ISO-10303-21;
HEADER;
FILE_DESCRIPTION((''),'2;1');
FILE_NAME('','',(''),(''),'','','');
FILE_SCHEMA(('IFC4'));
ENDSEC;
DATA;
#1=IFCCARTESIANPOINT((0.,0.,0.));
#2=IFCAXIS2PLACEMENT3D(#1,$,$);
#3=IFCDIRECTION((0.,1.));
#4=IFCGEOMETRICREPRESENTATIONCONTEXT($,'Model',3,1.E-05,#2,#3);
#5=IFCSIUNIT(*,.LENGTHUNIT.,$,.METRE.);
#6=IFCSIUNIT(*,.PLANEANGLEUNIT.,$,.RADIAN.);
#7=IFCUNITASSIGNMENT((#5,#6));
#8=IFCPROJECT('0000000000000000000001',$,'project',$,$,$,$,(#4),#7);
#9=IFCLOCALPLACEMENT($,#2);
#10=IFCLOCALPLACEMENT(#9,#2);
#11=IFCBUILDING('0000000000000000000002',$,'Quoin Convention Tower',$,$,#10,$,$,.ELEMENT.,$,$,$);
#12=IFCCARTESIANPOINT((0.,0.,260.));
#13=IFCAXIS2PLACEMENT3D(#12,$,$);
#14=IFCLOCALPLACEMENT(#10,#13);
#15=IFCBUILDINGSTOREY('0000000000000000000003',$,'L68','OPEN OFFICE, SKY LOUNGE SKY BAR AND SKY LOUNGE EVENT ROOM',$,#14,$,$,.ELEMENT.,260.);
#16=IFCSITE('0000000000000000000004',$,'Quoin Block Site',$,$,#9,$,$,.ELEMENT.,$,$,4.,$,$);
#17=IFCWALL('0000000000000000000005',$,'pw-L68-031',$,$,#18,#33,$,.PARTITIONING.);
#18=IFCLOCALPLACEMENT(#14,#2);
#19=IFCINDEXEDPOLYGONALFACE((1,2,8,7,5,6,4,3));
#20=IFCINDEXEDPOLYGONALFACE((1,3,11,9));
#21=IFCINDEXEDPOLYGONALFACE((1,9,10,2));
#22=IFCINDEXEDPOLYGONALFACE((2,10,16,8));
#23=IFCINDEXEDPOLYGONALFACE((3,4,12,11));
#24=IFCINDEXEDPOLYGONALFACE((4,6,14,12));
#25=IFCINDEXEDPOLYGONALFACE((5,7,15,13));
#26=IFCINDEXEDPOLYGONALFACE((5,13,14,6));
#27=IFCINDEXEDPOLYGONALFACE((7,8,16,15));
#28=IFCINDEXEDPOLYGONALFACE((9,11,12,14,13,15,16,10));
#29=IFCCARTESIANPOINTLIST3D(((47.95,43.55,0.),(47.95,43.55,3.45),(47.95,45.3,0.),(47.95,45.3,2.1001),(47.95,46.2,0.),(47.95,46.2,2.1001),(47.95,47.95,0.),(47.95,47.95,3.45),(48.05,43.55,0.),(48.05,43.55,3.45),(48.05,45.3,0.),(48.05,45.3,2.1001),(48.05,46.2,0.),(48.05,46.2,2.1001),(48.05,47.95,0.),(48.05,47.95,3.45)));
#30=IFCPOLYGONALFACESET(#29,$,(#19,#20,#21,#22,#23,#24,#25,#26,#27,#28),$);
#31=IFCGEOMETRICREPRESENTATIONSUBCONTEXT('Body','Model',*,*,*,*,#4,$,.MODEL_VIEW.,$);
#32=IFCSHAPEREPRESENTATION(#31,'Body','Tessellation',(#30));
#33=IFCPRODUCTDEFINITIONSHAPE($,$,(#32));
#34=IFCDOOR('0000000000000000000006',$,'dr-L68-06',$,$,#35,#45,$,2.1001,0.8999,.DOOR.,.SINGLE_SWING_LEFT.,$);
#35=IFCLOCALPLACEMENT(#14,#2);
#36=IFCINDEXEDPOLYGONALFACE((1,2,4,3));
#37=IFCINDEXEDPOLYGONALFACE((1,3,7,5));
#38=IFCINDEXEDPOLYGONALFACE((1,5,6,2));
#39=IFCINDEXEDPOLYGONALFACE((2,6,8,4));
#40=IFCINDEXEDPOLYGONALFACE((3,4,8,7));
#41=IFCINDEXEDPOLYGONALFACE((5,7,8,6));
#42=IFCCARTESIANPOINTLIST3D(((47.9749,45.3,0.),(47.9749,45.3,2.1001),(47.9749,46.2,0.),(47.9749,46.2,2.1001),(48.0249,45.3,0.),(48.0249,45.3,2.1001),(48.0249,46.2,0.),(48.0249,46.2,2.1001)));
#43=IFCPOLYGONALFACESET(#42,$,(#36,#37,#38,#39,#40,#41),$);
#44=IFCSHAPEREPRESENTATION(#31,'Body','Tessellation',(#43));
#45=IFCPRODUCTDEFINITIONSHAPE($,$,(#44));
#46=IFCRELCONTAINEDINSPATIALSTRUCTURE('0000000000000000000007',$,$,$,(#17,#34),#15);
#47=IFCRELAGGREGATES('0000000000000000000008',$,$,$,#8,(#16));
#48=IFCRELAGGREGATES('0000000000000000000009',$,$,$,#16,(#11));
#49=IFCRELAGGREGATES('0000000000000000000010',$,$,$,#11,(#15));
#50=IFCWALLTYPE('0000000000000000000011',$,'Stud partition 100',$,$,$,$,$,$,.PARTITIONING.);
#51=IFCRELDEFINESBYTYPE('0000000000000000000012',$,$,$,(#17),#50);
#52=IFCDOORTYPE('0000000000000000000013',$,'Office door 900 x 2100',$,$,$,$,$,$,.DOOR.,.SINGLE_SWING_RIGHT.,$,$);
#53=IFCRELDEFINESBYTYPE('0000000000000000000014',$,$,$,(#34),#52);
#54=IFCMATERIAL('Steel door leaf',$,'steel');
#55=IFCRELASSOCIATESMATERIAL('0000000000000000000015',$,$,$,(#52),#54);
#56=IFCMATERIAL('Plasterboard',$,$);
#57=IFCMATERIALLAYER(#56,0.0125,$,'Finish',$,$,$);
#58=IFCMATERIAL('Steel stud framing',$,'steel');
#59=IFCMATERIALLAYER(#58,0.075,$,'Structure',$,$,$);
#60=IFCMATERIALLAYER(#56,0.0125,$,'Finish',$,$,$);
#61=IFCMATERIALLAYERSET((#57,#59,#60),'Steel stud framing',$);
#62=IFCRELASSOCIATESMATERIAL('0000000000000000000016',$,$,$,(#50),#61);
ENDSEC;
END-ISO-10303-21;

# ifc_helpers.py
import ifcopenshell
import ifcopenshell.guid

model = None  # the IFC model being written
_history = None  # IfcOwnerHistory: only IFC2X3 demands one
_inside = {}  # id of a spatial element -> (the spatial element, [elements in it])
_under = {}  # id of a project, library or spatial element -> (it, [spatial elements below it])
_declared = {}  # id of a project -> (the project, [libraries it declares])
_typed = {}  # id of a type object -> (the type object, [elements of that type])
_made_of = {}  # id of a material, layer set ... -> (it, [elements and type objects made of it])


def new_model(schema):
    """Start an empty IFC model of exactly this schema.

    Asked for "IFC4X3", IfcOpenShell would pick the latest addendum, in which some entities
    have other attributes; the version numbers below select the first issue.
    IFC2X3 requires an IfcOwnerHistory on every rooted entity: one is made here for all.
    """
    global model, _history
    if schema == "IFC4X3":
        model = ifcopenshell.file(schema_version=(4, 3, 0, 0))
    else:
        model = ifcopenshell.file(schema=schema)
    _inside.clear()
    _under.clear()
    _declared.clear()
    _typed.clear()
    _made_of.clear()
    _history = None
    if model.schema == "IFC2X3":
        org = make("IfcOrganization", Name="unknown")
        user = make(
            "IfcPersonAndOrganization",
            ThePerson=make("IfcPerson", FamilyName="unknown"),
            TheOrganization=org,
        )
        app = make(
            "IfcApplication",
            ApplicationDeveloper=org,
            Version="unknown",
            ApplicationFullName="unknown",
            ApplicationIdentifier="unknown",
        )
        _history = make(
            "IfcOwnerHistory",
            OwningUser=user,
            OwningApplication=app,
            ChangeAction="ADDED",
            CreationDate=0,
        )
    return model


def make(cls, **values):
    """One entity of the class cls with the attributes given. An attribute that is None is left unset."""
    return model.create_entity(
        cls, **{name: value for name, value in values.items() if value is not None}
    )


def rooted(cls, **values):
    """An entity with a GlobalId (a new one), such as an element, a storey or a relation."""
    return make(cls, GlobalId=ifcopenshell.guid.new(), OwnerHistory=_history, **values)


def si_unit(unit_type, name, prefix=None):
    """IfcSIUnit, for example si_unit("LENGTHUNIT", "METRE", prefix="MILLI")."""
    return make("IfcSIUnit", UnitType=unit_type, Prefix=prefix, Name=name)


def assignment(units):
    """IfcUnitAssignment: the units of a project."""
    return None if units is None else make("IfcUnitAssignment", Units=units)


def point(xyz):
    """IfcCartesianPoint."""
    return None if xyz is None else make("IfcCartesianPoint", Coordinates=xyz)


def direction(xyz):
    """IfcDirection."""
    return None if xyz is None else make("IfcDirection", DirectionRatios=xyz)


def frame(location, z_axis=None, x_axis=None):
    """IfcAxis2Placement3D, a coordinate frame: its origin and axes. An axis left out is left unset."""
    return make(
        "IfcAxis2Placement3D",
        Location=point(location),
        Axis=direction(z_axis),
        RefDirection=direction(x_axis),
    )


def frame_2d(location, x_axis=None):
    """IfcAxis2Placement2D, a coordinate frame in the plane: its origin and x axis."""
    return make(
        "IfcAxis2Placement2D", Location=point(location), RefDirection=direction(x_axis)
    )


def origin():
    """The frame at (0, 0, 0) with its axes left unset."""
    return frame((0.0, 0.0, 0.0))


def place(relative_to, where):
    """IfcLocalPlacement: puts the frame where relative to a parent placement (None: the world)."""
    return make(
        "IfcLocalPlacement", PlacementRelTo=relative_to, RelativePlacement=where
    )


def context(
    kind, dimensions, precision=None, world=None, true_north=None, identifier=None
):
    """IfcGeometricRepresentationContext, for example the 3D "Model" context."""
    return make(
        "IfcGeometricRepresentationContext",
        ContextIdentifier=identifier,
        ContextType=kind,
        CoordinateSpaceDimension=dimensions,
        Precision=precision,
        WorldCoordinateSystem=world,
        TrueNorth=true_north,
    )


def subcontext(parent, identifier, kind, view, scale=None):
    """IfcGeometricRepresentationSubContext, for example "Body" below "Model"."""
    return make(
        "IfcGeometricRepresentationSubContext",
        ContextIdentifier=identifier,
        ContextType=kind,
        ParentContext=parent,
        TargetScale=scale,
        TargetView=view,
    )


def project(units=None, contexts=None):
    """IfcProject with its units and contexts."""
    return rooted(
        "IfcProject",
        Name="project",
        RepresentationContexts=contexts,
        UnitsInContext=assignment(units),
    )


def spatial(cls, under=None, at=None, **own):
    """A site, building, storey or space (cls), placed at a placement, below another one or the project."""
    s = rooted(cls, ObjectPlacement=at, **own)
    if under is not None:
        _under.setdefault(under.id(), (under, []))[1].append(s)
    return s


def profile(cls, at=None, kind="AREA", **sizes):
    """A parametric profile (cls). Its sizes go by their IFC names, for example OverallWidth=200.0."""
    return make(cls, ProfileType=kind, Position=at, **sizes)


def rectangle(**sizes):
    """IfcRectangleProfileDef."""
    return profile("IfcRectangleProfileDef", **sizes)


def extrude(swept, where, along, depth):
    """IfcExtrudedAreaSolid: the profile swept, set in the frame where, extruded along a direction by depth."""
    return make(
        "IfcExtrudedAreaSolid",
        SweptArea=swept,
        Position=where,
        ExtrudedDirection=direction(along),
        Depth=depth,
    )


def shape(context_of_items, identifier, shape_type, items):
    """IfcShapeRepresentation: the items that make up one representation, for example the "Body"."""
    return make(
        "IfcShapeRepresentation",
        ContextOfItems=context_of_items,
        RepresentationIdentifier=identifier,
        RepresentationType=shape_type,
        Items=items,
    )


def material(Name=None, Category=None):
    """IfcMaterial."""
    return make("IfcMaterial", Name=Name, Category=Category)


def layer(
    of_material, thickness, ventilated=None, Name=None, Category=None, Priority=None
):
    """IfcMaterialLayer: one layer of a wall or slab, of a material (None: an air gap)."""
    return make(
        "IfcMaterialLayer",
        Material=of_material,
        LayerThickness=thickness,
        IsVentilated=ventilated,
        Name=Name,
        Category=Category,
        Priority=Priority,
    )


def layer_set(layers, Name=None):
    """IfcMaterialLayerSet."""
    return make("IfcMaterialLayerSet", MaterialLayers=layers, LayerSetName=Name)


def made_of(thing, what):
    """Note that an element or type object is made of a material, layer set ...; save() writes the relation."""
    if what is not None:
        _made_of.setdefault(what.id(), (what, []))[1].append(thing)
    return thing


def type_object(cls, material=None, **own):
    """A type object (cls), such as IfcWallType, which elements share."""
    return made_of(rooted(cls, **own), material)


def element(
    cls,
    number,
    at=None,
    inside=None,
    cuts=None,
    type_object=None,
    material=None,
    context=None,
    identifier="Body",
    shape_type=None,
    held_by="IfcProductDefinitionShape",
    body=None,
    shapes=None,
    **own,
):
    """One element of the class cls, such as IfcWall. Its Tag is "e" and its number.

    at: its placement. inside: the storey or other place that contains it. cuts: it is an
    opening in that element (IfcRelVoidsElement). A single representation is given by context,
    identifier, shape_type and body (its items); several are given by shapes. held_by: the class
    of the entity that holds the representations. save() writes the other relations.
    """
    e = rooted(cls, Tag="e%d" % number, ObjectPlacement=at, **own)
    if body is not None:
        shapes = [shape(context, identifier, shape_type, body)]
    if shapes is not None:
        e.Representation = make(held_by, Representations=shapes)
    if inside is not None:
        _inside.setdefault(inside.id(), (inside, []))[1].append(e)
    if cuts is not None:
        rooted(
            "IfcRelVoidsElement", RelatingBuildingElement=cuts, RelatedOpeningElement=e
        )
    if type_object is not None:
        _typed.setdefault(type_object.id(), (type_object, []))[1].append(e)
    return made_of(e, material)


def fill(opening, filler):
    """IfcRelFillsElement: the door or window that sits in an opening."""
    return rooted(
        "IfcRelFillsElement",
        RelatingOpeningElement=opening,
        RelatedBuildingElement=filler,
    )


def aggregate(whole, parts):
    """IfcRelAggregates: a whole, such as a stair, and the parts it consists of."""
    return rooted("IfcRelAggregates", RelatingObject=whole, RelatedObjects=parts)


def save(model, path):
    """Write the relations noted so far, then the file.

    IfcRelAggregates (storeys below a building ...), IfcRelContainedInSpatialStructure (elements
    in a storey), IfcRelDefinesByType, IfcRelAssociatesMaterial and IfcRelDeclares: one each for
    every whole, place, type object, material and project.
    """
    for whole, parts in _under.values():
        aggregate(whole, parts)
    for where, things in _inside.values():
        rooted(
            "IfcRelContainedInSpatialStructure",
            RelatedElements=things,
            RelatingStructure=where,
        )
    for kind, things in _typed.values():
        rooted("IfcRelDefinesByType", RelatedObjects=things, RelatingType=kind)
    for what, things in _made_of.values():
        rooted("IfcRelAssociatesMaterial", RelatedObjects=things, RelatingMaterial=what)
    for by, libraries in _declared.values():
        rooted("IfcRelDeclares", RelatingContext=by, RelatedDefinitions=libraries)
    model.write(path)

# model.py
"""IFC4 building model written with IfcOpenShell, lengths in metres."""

from ifc_helpers import new_model, si_unit, direction, frame, frame_2d, origin, place, context, subcontext, project, spatial, rectangle, extrude, material, layer, layer_set, type_object, element, fill, save


model = new_model("IFC4")

# Units and contexts
model_context = context("Model", 3, precision=1e-05, world=origin(), true_north=direction((0.0, 1.0)))
body_context = subcontext(model_context, "Body", "Model", "MODEL_VIEW")
ifc_project = project(units=[si_unit("LENGTHUNIT", "METRE"), si_unit("PLANEANGLEUNIT", "RADIAN")], contexts=[model_context])

# Site, building, storey
site_placement = place(None, origin())
site = spatial("IfcSite", under=ifc_project, at=site_placement, Name="Quoin Block Site", CompositionType="ELEMENT", RefElevation=4.0)
building_placement = place(site_placement, origin())
building = spatial("IfcBuilding", under=site, at=building_placement, Name="Quoin Convention Tower", CompositionType="ELEMENT")
storey_placement = place(building_placement, frame((0.0, 0.0, 260.0)))
storey = spatial("IfcBuildingStorey", under=building, at=storey_placement, Name="L68", Description="OPEN OFFICE, SKY LOUNGE SKY BAR AND SKY LOUNGE EVENT ROOM", CompositionType="ELEMENT", Elevation=260.0)

# Shared definitions
ifc_material_1 = material(Name="Plasterboard")
ifc_material_2 = material(Name="Steel stud framing", Category="steel")
ifc_material_3 = material(Name="Steel door leaf", Category="steel")
door_type_1 = type_object("IfcDoorType", Name="Office door 900 x 2100", OperationType="SINGLE_SWING_RIGHT", PredefinedType="DOOR", material=ifc_material_3)

# Shared definitions
ifc_layer_1 = layer(ifc_material_1, 0.0125, Name="Finish")
ifc_layer_2 = layer(ifc_material_2, 0.075, Name="Structure")
ifc_layer_3 = layer(ifc_material_1, 0.0125, Name="Finish")
ifc_layer_set_1 = layer_set([ifc_layer_1, ifc_layer_2, ifc_layer_3], Name="Steel stud framing")
wall_type_1 = type_object("IfcWallType", Name="Stud partition 100", PredefinedType="PARTITIONING", material=ifc_layer_set_1)

# Wall, opening, door
wall_1_placement = place(storey_placement, frame((48.0, 43.55, 0.0), z_axis=(0.0, 0.0, 1.0), x_axis=(0.0, 1.0, 0.0)))
wall_1 = element("IfcWall", 1, at=wall_1_placement, inside=storey, type_object=wall_type_1, Name="pw-L68-031", PredefinedType="PARTITIONING", context=body_context, shape_type="SweptSolid", body=[
    extrude(rectangle(XDim=4.3999, YDim=0.1001, at=frame_2d((2.2, 0.0))), origin(), (0.0, 0.0, 1.0), 3.45),
])
opening_1_placement = place(wall_1_placement, frame((1.75, 0.0, 0.0)))
opening_1 = element("IfcOpeningElement", 2, at=opening_1_placement, cuts=wall_1, PredefinedType="OPENING", context=body_context, shape_type="SweptSolid", body=[
    extrude(rectangle(XDim=0.8999, YDim=2.1001, at=frame_2d((0.45, 1.05))), frame((0.0, 0.0601, 0.0), z_axis=(0.0, -1.0, 0.0), x_axis=(1.0, 0.0, 0.0)), (0.0, 0.0, 1.0), 0.1201),
])
door_1_placement = place(opening_1_placement, frame((0.8999, 0.0, 0.0), z_axis=(0.0, 0.0, 1.0), x_axis=(-1.0, 0.0, 0.0)))
door_1 = element("IfcDoor", 3, at=door_1_placement, inside=storey, type_object=door_type_1, Name="dr-L68-06", OperationType="SINGLE_SWING_LEFT", OverallHeight=2.1001, OverallWidth=0.8999, PredefinedType="DOOR", context=body_context, shape_type="SweptSolid", body=[
    extrude(rectangle(XDim=0.8999, YDim=2.1001, at=frame_2d((0.45, 1.05))), frame((0.0, 0.0249, 0.0), z_axis=(0.0, -1.0, 0.0), x_axis=(1.0, 0.0, 0.0)), (0.0, 0.0, 1.0), 0.05),
])
fill(opening_1, door_1)

save(model, "model.ifc")
